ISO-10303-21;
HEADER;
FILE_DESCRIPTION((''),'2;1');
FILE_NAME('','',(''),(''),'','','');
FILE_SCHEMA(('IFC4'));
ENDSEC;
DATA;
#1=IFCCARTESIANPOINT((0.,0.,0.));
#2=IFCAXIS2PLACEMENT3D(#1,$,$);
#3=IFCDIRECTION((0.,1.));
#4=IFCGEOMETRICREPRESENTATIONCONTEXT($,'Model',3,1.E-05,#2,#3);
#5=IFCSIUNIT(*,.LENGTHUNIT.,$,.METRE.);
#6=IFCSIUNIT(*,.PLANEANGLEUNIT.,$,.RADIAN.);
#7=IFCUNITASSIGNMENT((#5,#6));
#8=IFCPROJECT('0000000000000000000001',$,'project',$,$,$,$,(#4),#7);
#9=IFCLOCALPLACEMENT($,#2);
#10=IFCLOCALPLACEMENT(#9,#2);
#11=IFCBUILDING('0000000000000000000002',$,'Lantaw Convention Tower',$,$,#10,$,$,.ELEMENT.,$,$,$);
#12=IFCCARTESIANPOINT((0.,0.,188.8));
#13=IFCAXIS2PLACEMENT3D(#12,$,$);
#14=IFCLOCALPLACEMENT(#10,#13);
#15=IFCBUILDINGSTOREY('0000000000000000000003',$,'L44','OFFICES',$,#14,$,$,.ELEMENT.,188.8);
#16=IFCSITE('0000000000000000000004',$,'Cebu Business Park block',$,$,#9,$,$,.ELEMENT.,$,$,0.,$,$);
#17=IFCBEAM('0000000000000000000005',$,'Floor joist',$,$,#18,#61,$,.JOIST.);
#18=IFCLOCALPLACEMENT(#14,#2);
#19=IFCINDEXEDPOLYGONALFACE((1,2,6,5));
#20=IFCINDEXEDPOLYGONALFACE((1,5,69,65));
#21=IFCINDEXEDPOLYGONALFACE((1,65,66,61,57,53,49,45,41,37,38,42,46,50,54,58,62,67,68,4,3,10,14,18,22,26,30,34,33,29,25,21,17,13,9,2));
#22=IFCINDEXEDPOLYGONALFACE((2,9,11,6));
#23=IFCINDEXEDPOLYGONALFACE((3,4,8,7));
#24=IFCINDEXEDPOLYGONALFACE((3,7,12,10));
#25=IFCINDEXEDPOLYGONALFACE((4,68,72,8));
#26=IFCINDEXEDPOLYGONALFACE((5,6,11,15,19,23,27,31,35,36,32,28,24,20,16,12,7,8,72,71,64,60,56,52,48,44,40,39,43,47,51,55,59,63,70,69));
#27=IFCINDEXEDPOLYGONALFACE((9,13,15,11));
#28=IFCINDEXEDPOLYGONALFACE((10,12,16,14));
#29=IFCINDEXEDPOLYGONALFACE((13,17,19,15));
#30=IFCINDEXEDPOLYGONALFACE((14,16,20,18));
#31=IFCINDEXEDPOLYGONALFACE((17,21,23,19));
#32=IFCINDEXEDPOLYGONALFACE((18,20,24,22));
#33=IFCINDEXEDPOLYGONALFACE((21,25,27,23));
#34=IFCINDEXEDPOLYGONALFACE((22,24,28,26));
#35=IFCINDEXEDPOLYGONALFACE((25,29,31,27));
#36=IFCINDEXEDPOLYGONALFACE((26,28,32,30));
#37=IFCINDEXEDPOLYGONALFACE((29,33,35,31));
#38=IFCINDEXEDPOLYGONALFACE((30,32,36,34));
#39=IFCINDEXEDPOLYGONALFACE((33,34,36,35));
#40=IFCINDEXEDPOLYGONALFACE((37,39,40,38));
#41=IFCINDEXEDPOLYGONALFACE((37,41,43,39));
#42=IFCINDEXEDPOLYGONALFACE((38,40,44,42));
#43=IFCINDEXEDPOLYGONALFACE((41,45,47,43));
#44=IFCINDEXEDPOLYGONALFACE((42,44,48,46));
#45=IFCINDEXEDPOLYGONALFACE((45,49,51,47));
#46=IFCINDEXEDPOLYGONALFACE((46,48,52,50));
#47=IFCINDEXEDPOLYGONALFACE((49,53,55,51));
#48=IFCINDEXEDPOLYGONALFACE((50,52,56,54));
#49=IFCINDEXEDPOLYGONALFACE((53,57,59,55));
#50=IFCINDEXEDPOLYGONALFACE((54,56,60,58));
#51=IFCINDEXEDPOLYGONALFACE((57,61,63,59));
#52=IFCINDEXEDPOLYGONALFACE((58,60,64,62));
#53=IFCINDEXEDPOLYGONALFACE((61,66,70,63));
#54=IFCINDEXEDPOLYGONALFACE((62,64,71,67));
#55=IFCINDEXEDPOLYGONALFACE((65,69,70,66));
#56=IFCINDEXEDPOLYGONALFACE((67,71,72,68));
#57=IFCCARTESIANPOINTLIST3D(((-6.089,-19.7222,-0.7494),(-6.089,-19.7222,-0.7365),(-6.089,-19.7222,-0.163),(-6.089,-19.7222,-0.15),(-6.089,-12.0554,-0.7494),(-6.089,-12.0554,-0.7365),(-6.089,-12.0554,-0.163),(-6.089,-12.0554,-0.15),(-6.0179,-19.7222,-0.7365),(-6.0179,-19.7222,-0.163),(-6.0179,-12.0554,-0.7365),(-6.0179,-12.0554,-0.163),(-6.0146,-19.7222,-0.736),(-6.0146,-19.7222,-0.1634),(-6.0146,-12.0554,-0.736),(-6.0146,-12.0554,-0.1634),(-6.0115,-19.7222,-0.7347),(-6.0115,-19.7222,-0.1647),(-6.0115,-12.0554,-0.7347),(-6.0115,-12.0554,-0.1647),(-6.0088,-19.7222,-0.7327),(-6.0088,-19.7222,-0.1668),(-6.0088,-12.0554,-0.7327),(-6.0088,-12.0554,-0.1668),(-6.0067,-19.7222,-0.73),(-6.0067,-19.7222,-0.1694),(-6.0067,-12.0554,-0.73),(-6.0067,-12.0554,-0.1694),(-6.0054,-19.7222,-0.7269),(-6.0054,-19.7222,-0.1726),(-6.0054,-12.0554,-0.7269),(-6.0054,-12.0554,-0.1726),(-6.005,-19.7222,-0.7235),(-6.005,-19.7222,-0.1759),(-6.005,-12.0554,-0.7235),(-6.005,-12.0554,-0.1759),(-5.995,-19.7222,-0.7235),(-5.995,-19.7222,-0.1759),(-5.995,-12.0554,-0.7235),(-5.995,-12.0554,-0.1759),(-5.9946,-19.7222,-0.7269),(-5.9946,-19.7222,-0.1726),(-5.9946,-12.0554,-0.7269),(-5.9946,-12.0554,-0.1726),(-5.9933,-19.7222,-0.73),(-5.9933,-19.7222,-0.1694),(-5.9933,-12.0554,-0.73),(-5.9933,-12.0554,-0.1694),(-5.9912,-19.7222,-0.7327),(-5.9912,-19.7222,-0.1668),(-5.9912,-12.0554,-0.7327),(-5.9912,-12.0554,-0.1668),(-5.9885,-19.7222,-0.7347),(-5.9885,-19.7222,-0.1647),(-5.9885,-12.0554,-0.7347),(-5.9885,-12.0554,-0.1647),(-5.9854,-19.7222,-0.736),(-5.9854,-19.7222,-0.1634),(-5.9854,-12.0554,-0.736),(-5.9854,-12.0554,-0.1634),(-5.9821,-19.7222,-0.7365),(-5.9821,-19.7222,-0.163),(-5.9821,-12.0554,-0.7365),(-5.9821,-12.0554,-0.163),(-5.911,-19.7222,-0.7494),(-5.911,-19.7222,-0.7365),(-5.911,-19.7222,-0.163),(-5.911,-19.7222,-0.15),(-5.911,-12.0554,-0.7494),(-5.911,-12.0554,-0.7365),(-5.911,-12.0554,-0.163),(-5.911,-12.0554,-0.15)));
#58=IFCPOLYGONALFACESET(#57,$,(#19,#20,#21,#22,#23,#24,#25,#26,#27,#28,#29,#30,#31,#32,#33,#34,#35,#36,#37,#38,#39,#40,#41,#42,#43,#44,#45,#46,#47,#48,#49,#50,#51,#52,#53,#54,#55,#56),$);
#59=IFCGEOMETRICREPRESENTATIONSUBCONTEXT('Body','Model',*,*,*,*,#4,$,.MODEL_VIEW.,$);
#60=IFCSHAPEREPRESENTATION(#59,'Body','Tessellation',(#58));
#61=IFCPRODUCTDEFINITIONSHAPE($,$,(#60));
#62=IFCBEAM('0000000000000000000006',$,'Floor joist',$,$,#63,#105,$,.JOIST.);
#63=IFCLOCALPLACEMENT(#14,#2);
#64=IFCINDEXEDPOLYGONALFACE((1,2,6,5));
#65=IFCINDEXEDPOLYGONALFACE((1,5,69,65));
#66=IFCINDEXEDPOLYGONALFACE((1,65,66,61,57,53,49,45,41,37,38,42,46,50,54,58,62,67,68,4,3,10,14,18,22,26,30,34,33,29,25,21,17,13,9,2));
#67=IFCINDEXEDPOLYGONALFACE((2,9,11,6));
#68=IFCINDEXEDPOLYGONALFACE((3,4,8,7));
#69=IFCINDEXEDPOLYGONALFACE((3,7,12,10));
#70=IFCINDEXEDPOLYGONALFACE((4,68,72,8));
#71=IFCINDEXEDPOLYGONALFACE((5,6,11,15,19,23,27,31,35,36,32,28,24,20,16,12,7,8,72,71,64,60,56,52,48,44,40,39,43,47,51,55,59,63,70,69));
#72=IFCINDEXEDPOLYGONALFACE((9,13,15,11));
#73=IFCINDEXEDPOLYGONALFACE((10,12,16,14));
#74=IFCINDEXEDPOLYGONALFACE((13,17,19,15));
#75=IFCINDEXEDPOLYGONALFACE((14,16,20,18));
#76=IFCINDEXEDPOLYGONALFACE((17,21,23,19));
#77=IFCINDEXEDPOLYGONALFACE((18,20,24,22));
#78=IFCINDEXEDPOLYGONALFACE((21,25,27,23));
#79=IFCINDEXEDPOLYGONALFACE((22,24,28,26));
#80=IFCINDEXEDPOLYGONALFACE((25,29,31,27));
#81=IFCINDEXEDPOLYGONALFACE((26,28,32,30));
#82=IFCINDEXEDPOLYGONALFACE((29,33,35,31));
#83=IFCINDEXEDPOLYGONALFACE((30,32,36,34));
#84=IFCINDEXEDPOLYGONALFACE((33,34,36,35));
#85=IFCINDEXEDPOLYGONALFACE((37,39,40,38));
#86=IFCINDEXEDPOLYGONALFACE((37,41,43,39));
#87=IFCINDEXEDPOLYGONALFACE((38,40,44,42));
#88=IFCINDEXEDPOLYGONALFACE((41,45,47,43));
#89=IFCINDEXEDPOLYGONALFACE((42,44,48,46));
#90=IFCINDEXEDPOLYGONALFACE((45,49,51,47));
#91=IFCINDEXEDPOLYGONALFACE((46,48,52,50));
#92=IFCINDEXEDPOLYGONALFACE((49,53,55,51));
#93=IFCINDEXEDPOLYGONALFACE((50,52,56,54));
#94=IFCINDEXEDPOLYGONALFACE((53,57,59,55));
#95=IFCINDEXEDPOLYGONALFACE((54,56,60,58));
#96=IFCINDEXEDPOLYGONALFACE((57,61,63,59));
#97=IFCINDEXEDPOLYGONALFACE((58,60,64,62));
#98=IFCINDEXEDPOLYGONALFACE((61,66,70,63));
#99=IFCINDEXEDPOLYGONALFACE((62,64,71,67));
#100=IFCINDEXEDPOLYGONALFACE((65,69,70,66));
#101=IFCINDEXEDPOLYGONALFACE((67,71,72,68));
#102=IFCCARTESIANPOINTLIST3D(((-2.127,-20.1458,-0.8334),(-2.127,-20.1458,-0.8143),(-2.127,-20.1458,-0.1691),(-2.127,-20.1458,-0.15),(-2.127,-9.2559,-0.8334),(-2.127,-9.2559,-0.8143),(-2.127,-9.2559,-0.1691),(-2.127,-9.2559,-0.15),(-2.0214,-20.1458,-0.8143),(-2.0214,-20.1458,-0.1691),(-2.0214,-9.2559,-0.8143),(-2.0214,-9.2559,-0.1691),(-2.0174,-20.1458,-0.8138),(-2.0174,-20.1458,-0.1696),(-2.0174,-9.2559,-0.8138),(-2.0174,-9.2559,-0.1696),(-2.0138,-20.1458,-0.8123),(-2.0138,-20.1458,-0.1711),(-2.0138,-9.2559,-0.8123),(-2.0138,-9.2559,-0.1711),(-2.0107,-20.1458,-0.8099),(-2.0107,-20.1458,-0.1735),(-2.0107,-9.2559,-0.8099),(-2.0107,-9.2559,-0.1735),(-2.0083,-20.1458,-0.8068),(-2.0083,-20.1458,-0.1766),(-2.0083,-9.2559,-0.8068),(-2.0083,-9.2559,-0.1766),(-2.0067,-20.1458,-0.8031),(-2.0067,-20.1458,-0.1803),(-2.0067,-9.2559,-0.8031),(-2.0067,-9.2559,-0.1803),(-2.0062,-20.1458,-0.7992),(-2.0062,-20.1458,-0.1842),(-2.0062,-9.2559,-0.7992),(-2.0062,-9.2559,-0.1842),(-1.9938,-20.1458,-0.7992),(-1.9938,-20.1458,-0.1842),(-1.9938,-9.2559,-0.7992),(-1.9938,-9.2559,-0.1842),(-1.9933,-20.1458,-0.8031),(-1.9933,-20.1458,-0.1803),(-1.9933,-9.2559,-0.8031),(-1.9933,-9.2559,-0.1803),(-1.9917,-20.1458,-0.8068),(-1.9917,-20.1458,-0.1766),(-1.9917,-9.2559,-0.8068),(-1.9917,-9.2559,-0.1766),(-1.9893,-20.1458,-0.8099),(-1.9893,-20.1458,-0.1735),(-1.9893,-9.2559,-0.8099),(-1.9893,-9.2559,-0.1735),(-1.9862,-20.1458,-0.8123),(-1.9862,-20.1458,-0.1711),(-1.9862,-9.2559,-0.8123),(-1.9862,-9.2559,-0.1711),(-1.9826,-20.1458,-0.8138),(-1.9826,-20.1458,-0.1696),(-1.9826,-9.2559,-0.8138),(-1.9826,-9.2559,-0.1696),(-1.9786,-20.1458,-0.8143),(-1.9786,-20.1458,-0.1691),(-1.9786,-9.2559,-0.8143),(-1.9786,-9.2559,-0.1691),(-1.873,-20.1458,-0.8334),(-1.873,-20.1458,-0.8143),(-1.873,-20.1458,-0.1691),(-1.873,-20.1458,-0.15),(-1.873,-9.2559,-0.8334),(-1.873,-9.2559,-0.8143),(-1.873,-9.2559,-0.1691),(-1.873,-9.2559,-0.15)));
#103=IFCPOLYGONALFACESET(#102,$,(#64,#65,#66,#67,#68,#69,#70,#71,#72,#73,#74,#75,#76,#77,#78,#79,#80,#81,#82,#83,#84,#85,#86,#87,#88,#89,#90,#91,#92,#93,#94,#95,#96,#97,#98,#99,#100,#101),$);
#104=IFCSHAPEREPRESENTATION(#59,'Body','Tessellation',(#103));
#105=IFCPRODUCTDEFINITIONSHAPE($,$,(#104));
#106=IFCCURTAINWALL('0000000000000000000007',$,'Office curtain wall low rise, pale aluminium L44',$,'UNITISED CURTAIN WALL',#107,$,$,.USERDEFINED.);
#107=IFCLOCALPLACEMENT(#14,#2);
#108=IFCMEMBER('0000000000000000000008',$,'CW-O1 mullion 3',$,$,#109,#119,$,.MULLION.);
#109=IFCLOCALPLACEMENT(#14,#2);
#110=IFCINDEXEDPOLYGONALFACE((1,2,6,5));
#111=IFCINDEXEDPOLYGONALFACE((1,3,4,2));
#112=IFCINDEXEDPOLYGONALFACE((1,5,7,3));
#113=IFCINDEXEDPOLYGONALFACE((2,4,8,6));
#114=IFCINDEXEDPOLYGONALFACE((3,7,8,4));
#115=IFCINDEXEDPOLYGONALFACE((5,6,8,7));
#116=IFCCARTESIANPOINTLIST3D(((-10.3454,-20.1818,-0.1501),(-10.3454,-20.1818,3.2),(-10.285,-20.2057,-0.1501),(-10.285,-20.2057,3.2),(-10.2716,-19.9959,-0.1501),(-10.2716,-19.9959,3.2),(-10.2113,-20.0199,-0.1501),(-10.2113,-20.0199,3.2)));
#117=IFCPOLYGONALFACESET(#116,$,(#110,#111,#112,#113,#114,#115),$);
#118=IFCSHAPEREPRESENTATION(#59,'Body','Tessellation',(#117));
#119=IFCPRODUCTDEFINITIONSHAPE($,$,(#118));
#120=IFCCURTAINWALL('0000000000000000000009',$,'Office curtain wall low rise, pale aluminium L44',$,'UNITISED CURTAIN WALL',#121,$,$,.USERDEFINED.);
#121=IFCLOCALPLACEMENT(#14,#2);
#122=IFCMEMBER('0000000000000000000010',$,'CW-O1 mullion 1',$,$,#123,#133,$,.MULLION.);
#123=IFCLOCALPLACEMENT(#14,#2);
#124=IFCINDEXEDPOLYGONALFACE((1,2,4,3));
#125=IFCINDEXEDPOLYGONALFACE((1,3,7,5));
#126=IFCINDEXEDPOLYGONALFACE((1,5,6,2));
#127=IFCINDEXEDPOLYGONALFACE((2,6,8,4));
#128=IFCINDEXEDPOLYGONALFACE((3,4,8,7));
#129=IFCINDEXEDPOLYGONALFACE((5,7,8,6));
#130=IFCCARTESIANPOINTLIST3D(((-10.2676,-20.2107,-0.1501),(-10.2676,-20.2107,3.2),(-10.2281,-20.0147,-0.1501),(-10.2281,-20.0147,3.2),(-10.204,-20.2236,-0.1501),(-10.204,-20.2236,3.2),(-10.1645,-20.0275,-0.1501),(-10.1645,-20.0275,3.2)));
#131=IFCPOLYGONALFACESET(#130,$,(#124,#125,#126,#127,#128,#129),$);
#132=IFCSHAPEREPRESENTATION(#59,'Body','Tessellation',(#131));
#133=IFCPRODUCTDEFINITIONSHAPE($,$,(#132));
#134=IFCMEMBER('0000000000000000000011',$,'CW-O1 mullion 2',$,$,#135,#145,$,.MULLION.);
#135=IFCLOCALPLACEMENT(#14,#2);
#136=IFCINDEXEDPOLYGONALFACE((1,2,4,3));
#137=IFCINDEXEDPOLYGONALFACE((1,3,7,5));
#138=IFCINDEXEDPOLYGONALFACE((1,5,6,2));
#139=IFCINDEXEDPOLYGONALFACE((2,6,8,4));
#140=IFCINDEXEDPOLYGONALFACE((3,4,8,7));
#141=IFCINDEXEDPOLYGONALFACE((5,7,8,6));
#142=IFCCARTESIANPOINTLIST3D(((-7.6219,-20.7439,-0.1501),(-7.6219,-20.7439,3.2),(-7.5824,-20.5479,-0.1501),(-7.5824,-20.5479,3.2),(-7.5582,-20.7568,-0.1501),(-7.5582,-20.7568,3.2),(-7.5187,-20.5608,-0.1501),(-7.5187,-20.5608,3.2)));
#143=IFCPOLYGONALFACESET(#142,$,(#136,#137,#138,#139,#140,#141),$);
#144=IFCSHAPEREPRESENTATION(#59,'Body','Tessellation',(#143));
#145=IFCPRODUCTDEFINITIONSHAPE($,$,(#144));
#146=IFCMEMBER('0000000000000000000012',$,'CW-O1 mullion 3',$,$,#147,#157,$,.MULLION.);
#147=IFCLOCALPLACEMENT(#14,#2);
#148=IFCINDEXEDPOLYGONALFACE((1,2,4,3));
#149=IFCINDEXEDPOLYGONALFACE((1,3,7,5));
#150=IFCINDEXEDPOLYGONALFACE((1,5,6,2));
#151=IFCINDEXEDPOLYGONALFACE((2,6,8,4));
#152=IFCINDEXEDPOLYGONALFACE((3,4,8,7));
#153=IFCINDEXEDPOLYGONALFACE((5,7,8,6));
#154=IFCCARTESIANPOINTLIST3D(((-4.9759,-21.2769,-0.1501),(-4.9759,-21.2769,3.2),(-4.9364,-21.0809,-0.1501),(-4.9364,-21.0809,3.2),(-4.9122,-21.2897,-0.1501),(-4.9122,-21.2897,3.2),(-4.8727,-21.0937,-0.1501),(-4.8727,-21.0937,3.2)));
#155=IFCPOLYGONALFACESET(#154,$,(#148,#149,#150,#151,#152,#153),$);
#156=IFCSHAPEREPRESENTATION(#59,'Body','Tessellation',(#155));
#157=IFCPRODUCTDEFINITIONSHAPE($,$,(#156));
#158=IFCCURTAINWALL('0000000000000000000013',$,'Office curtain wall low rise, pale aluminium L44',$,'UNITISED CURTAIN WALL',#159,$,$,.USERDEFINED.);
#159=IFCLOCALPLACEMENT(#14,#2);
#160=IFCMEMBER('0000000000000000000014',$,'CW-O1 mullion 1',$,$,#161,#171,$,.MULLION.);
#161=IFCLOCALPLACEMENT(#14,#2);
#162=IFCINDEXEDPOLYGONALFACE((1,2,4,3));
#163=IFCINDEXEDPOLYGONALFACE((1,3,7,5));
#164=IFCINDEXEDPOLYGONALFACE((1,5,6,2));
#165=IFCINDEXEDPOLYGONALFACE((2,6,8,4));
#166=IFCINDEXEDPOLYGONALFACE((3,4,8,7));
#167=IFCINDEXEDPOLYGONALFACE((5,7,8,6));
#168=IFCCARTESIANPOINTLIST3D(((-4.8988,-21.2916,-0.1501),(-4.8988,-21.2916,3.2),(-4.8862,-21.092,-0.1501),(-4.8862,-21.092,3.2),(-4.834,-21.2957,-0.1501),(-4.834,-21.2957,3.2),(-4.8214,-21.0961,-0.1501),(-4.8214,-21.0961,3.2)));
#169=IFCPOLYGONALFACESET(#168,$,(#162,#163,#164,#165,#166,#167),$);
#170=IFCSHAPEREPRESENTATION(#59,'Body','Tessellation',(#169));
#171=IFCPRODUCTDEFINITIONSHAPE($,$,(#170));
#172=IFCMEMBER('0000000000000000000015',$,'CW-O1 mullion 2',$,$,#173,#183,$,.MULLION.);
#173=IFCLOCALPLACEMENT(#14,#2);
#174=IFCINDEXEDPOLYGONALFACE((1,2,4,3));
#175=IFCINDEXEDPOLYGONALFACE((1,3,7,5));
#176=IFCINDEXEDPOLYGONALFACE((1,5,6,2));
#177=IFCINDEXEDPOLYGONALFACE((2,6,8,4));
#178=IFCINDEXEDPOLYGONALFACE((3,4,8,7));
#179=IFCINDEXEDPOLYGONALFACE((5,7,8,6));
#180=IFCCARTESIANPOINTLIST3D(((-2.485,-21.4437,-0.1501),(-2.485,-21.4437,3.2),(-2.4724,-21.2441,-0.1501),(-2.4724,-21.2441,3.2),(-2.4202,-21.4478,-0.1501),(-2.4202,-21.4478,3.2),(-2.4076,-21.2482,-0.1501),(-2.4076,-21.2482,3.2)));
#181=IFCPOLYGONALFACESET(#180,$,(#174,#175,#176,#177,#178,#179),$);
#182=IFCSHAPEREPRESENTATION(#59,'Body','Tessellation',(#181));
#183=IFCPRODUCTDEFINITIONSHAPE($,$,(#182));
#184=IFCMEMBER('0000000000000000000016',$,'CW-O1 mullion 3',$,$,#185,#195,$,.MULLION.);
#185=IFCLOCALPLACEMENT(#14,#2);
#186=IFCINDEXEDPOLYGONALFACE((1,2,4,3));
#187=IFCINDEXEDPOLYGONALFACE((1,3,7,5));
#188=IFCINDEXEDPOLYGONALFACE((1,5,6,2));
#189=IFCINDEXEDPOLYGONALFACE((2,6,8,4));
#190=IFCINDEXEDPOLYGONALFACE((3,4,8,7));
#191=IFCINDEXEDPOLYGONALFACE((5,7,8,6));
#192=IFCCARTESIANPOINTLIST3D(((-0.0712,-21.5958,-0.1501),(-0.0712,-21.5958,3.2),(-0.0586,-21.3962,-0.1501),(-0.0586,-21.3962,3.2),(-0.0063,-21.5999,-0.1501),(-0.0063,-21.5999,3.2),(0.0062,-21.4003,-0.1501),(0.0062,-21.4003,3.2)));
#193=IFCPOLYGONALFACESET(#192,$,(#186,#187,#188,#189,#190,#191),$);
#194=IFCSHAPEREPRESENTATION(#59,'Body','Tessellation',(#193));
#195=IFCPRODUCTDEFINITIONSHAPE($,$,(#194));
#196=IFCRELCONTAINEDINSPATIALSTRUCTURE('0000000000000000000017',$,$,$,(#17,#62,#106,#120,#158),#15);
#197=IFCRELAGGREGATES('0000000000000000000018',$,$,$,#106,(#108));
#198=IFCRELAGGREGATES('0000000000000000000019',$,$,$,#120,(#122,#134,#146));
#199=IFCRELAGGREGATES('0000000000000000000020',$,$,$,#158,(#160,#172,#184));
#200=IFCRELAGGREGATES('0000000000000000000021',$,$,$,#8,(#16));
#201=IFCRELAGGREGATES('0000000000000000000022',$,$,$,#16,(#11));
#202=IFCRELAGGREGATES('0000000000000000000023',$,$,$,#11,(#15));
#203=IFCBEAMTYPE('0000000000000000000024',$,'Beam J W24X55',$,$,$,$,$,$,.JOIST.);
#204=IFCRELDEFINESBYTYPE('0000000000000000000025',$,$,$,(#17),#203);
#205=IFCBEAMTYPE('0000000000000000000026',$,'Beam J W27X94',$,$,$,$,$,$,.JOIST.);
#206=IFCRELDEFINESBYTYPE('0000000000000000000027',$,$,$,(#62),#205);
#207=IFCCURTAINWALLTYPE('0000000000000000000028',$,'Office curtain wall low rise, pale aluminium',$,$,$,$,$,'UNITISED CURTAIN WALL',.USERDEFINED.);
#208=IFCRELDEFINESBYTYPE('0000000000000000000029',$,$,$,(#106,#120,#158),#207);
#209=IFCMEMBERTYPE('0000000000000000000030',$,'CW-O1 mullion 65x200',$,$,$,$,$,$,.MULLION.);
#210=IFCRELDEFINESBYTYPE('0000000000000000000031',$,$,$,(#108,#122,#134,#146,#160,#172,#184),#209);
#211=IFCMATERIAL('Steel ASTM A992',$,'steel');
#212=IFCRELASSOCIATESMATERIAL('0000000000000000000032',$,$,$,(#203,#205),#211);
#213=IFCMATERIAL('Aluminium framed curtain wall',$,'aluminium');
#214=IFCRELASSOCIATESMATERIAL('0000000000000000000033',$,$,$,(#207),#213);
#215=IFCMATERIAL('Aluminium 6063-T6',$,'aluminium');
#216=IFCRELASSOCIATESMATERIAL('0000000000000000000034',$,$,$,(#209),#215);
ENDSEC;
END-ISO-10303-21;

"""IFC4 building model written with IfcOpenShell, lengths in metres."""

from ifc_helpers import new_model, si_unit, direction, frame, origin, origin_2d, place, context, subcontext, project, spatial, rectangle, i_section, extrude, material, material_profile, profile_set, type_object, element, aggregate, save


model = new_model("IFC4")

# Units and contexts
model_context = context("Model", 3, precision=1e-05, world=origin(), true_north=direction((0.0, 1.0)))
body_context = subcontext(model_context, "Body", "Model", "MODEL_VIEW")
ifc_project = project(units=[si_unit("LENGTHUNIT", "METRE"), si_unit("PLANEANGLEUNIT", "RADIAN")], contexts=[model_context])

# Site, building, storey
site_placement = place(None, origin())
site = spatial("IfcSite", under=ifc_project, at=site_placement, Name="Cebu Business Park block", CompositionType="ELEMENT", RefElevation=0.0)
building_placement = place(site_placement, origin())
building = spatial("IfcBuilding", under=site, at=building_placement, Name="Lantaw Convention Tower", CompositionType="ELEMENT")
storey_placement = place(building_placement, frame((0.0, 0.0, 188.8)))
storey = spatial("IfcBuildingStorey", under=building, at=storey_placement, Name="L44", Description="OFFICES", CompositionType="ELEMENT", Elevation=188.8)

# Beams
ifc_material_1 = material(Name="Steel ASTM A992", Category="steel")
ifc_material_profile_1 = material_profile(ifc_material_1, i_section(OverallWidth=0.178, OverallDepth=0.5994, WebThickness=0.01, FlangeThickness=0.0129, FilletRadius=0.0129, at=origin_2d()), Name="W24X55")
ifc_profile_set_1 = profile_set([ifc_material_profile_1], Name="Steel ASTM A992")
beam_type_1 = type_object("IfcBeamType", Name="Beam J W24X55", PredefinedType="JOIST", material=ifc_profile_set_1)
beam_1_placement = place(storey_placement, frame((-6.0, -19.7222, -0.4497), z_axis=(0.0, 1.0, 0.0), x_axis=(-1.0, 0.0, 0.0)))
element("IfcBeam", 1, at=beam_1_placement, inside=storey, type_object=beam_type_1, Name="Floor joist", PredefinedType="JOIST", context=body_context, shape_type="SweptSolid", body=[
    extrude(i_section(OverallWidth=0.178, OverallDepth=0.5994, WebThickness=0.01, FlangeThickness=0.0129, FilletRadius=0.0129, at=origin_2d()), origin(), (0.0, 0.0, 1.0), 7.6667),
])
ifc_material_profile_2 = material_profile(ifc_material_1, i_section(OverallWidth=0.2539, OverallDepth=0.6833, WebThickness=0.0125, FlangeThickness=0.019, FilletRadius=0.0151, at=origin_2d()), Name="W27X94")
ifc_profile_set_2 = profile_set([ifc_material_profile_2], Name="Steel ASTM A992")
beam_type_2 = type_object("IfcBeamType", Name="Beam J W27X94", PredefinedType="JOIST", material=ifc_profile_set_2)
beam_2_placement = place(storey_placement, frame((-2.0, -20.1458, -0.4917), z_axis=(0.0, 1.0, 0.0), x_axis=(-1.0, 0.0, 0.0)))
element("IfcBeam", 2, at=beam_2_placement, inside=storey, type_object=beam_type_2, Name="Floor joist", PredefinedType="JOIST", context=body_context, shape_type="SweptSolid", body=[
    extrude(i_section(OverallWidth=0.2539, OverallDepth=0.6833, WebThickness=0.0125, FlangeThickness=0.019, FilletRadius=0.0151, at=origin_2d()), origin(), (0.0, 0.0, 1.0), 10.8899),
])

# Curtain wall, member
ifc_material_2 = material(Name="Aluminium framed curtain wall", Category="aluminium")
curtain_wall_type = type_object("IfcCurtainWallType", Name="Office curtain wall low rise, pale aluminium", ElementType="UNITISED CURTAIN WALL", PredefinedType="USERDEFINED", material=ifc_material_2)
curtain_wall_1_placement = place(storey_placement, origin())
curtain_wall_1 = element("IfcCurtainWall", 3, at=curtain_wall_1_placement, inside=storey, type_object=curtain_wall_type, Name="Office curtain wall low rise, pale aluminium L44", ObjectType="UNITISED CURTAIN WALL", PredefinedType="USERDEFINED")
ifc_material_3 = material(Name="Aluminium 6063-T6", Category="aluminium")
ifc_material_profile_3 = material_profile(ifc_material_3, rectangle(XDim=0.2, YDim=0.0649, at=origin_2d()), Name="CW-O1 mullion 65x200")
ifc_profile_set_3 = profile_set([ifc_material_profile_3], Name="Aluminium 6063-T6")
member_type_1 = type_object("IfcMemberType", Name="CW-O1 mullion 65x200", PredefinedType="MULLION", material=ifc_profile_set_3)
member_1_placement = place(storey_placement, frame((-10.2783, -20.1008, -0.1501), z_axis=(0.0, 0.0, 1.0), x_axis=(0.368702, 0.929548, 0.0)))
member_1 = element("IfcMember", 4, at=member_1_placement, type_object=member_type_1, Name="CW-O1 mullion 3", PredefinedType="MULLION", context=body_context, shape_type="SweptSolid", body=[
    extrude(rectangle(XDim=0.2, YDim=0.0649, at=origin_2d()), origin(), (0.0, 0.0, 1.0), 3.3501),
])

# Curtain walls, members
curtain_wall_2_placement = place(storey_placement, origin())
curtain_wall_2 = element("IfcCurtainWall", 5, at=curtain_wall_2_placement, inside=storey, type_object=curtain_wall_type, Name="Office curtain wall low rise, pale aluminium L44", ObjectType="UNITISED CURTAIN WALL", PredefinedType="USERDEFINED")
member_2_placement = place(storey_placement, frame((-10.2161, -20.1191, -0.1501), z_axis=(0.0, 0.0, 1.0), x_axis=(0.197507, 0.980302, 0.0)))
member_2 = element("IfcMember", 6, at=member_2_placement, type_object=member_type_1, Name="CW-O1 mullion 1", PredefinedType="MULLION", context=body_context, shape_type="SweptSolid", body=[
    extrude(rectangle(XDim=0.2, YDim=0.0649, at=origin_2d()), origin(), (0.0, 0.0, 1.0), 3.3501),
])
member_3_placement = place(storey_placement, frame((-7.5703, -20.6523, -0.1501), z_axis=(0.0, 0.0, 1.0), x_axis=(0.197507, 0.980302, 0.0)))
member_3 = element("IfcMember", 7, at=member_3_placement, type_object=member_type_1, Name="CW-O1 mullion 2", PredefinedType="MULLION", context=body_context, shape_type="SweptSolid", body=[
    extrude(rectangle(XDim=0.2, YDim=0.0649, at=origin_2d()), origin(), (0.0, 0.0, 1.0), 3.3501),
])
member_4_placement = place(storey_placement, frame((-4.9243, -21.1853, -0.1501), z_axis=(0.0, 0.0, 1.0), x_axis=(0.197507, 0.980302, 0.0)))
member_4 = element("IfcMember", 8, at=member_4_placement, type_object=member_type_1, Name="CW-O1 mullion 3", PredefinedType="MULLION", context=body_context, shape_type="SweptSolid", body=[
    extrude(rectangle(XDim=0.2, YDim=0.0649, at=origin_2d()), origin(), (0.0, 0.0, 1.0), 3.3501),
])
curtain_wall_3_placement = place(storey_placement, origin())
curtain_wall_3 = element("IfcCurtainWall", 9, at=curtain_wall_3_placement, inside=storey, type_object=curtain_wall_type, Name="Office curtain wall low rise, pale aluminium L44", ObjectType="UNITISED CURTAIN WALL", PredefinedType="USERDEFINED")
member_5_placement = place(storey_placement, frame((-4.8601, -21.1938, -0.1501), z_axis=(0.0, 0.0, 1.0), x_axis=(0.062865, 0.998022, 0.0)))
member_5 = element("IfcMember", 10, at=member_5_placement, type_object=member_type_1, Name="CW-O1 mullion 1", PredefinedType="MULLION", context=body_context, shape_type="SweptSolid", body=[
    extrude(rectangle(XDim=0.2, YDim=0.0649, at=origin_2d()), origin(), (0.0, 0.0, 1.0), 3.3501),
])
member_6_placement = place(storey_placement, frame((-2.4463, -21.3459, -0.1501), z_axis=(0.0, 0.0, 1.0), x_axis=(0.062865, 0.998022, 0.0)))
member_6 = element("IfcMember", 11, at=member_6_placement, type_object=member_type_1, Name="CW-O1 mullion 2", PredefinedType="MULLION", context=body_context, shape_type="SweptSolid", body=[
    extrude(rectangle(XDim=0.2, YDim=0.0649, at=origin_2d()), origin(), (0.0, 0.0, 1.0), 3.3501),
])
member_7_placement = place(storey_placement, frame((-0.0325, -21.498, -0.1501), z_axis=(0.0, 0.0, 1.0), x_axis=(0.062865, 0.998022, 0.0)))
member_7 = element("IfcMember", 12, at=member_7_placement, type_object=member_type_1, Name="CW-O1 mullion 3", PredefinedType="MULLION", context=body_context, shape_type="SweptSolid", body=[
    extrude(rectangle(XDim=0.2, YDim=0.0649, at=origin_2d()), origin(), (0.0, 0.0, 1.0), 3.3501),
])

aggregate(curtain_wall_1, [member_1])
aggregate(curtain_wall_2, [member_2, member_3, member_4])
aggregate(curtain_wall_3, [member_5, member_6, member_7])

save(model, "model.ifc")
